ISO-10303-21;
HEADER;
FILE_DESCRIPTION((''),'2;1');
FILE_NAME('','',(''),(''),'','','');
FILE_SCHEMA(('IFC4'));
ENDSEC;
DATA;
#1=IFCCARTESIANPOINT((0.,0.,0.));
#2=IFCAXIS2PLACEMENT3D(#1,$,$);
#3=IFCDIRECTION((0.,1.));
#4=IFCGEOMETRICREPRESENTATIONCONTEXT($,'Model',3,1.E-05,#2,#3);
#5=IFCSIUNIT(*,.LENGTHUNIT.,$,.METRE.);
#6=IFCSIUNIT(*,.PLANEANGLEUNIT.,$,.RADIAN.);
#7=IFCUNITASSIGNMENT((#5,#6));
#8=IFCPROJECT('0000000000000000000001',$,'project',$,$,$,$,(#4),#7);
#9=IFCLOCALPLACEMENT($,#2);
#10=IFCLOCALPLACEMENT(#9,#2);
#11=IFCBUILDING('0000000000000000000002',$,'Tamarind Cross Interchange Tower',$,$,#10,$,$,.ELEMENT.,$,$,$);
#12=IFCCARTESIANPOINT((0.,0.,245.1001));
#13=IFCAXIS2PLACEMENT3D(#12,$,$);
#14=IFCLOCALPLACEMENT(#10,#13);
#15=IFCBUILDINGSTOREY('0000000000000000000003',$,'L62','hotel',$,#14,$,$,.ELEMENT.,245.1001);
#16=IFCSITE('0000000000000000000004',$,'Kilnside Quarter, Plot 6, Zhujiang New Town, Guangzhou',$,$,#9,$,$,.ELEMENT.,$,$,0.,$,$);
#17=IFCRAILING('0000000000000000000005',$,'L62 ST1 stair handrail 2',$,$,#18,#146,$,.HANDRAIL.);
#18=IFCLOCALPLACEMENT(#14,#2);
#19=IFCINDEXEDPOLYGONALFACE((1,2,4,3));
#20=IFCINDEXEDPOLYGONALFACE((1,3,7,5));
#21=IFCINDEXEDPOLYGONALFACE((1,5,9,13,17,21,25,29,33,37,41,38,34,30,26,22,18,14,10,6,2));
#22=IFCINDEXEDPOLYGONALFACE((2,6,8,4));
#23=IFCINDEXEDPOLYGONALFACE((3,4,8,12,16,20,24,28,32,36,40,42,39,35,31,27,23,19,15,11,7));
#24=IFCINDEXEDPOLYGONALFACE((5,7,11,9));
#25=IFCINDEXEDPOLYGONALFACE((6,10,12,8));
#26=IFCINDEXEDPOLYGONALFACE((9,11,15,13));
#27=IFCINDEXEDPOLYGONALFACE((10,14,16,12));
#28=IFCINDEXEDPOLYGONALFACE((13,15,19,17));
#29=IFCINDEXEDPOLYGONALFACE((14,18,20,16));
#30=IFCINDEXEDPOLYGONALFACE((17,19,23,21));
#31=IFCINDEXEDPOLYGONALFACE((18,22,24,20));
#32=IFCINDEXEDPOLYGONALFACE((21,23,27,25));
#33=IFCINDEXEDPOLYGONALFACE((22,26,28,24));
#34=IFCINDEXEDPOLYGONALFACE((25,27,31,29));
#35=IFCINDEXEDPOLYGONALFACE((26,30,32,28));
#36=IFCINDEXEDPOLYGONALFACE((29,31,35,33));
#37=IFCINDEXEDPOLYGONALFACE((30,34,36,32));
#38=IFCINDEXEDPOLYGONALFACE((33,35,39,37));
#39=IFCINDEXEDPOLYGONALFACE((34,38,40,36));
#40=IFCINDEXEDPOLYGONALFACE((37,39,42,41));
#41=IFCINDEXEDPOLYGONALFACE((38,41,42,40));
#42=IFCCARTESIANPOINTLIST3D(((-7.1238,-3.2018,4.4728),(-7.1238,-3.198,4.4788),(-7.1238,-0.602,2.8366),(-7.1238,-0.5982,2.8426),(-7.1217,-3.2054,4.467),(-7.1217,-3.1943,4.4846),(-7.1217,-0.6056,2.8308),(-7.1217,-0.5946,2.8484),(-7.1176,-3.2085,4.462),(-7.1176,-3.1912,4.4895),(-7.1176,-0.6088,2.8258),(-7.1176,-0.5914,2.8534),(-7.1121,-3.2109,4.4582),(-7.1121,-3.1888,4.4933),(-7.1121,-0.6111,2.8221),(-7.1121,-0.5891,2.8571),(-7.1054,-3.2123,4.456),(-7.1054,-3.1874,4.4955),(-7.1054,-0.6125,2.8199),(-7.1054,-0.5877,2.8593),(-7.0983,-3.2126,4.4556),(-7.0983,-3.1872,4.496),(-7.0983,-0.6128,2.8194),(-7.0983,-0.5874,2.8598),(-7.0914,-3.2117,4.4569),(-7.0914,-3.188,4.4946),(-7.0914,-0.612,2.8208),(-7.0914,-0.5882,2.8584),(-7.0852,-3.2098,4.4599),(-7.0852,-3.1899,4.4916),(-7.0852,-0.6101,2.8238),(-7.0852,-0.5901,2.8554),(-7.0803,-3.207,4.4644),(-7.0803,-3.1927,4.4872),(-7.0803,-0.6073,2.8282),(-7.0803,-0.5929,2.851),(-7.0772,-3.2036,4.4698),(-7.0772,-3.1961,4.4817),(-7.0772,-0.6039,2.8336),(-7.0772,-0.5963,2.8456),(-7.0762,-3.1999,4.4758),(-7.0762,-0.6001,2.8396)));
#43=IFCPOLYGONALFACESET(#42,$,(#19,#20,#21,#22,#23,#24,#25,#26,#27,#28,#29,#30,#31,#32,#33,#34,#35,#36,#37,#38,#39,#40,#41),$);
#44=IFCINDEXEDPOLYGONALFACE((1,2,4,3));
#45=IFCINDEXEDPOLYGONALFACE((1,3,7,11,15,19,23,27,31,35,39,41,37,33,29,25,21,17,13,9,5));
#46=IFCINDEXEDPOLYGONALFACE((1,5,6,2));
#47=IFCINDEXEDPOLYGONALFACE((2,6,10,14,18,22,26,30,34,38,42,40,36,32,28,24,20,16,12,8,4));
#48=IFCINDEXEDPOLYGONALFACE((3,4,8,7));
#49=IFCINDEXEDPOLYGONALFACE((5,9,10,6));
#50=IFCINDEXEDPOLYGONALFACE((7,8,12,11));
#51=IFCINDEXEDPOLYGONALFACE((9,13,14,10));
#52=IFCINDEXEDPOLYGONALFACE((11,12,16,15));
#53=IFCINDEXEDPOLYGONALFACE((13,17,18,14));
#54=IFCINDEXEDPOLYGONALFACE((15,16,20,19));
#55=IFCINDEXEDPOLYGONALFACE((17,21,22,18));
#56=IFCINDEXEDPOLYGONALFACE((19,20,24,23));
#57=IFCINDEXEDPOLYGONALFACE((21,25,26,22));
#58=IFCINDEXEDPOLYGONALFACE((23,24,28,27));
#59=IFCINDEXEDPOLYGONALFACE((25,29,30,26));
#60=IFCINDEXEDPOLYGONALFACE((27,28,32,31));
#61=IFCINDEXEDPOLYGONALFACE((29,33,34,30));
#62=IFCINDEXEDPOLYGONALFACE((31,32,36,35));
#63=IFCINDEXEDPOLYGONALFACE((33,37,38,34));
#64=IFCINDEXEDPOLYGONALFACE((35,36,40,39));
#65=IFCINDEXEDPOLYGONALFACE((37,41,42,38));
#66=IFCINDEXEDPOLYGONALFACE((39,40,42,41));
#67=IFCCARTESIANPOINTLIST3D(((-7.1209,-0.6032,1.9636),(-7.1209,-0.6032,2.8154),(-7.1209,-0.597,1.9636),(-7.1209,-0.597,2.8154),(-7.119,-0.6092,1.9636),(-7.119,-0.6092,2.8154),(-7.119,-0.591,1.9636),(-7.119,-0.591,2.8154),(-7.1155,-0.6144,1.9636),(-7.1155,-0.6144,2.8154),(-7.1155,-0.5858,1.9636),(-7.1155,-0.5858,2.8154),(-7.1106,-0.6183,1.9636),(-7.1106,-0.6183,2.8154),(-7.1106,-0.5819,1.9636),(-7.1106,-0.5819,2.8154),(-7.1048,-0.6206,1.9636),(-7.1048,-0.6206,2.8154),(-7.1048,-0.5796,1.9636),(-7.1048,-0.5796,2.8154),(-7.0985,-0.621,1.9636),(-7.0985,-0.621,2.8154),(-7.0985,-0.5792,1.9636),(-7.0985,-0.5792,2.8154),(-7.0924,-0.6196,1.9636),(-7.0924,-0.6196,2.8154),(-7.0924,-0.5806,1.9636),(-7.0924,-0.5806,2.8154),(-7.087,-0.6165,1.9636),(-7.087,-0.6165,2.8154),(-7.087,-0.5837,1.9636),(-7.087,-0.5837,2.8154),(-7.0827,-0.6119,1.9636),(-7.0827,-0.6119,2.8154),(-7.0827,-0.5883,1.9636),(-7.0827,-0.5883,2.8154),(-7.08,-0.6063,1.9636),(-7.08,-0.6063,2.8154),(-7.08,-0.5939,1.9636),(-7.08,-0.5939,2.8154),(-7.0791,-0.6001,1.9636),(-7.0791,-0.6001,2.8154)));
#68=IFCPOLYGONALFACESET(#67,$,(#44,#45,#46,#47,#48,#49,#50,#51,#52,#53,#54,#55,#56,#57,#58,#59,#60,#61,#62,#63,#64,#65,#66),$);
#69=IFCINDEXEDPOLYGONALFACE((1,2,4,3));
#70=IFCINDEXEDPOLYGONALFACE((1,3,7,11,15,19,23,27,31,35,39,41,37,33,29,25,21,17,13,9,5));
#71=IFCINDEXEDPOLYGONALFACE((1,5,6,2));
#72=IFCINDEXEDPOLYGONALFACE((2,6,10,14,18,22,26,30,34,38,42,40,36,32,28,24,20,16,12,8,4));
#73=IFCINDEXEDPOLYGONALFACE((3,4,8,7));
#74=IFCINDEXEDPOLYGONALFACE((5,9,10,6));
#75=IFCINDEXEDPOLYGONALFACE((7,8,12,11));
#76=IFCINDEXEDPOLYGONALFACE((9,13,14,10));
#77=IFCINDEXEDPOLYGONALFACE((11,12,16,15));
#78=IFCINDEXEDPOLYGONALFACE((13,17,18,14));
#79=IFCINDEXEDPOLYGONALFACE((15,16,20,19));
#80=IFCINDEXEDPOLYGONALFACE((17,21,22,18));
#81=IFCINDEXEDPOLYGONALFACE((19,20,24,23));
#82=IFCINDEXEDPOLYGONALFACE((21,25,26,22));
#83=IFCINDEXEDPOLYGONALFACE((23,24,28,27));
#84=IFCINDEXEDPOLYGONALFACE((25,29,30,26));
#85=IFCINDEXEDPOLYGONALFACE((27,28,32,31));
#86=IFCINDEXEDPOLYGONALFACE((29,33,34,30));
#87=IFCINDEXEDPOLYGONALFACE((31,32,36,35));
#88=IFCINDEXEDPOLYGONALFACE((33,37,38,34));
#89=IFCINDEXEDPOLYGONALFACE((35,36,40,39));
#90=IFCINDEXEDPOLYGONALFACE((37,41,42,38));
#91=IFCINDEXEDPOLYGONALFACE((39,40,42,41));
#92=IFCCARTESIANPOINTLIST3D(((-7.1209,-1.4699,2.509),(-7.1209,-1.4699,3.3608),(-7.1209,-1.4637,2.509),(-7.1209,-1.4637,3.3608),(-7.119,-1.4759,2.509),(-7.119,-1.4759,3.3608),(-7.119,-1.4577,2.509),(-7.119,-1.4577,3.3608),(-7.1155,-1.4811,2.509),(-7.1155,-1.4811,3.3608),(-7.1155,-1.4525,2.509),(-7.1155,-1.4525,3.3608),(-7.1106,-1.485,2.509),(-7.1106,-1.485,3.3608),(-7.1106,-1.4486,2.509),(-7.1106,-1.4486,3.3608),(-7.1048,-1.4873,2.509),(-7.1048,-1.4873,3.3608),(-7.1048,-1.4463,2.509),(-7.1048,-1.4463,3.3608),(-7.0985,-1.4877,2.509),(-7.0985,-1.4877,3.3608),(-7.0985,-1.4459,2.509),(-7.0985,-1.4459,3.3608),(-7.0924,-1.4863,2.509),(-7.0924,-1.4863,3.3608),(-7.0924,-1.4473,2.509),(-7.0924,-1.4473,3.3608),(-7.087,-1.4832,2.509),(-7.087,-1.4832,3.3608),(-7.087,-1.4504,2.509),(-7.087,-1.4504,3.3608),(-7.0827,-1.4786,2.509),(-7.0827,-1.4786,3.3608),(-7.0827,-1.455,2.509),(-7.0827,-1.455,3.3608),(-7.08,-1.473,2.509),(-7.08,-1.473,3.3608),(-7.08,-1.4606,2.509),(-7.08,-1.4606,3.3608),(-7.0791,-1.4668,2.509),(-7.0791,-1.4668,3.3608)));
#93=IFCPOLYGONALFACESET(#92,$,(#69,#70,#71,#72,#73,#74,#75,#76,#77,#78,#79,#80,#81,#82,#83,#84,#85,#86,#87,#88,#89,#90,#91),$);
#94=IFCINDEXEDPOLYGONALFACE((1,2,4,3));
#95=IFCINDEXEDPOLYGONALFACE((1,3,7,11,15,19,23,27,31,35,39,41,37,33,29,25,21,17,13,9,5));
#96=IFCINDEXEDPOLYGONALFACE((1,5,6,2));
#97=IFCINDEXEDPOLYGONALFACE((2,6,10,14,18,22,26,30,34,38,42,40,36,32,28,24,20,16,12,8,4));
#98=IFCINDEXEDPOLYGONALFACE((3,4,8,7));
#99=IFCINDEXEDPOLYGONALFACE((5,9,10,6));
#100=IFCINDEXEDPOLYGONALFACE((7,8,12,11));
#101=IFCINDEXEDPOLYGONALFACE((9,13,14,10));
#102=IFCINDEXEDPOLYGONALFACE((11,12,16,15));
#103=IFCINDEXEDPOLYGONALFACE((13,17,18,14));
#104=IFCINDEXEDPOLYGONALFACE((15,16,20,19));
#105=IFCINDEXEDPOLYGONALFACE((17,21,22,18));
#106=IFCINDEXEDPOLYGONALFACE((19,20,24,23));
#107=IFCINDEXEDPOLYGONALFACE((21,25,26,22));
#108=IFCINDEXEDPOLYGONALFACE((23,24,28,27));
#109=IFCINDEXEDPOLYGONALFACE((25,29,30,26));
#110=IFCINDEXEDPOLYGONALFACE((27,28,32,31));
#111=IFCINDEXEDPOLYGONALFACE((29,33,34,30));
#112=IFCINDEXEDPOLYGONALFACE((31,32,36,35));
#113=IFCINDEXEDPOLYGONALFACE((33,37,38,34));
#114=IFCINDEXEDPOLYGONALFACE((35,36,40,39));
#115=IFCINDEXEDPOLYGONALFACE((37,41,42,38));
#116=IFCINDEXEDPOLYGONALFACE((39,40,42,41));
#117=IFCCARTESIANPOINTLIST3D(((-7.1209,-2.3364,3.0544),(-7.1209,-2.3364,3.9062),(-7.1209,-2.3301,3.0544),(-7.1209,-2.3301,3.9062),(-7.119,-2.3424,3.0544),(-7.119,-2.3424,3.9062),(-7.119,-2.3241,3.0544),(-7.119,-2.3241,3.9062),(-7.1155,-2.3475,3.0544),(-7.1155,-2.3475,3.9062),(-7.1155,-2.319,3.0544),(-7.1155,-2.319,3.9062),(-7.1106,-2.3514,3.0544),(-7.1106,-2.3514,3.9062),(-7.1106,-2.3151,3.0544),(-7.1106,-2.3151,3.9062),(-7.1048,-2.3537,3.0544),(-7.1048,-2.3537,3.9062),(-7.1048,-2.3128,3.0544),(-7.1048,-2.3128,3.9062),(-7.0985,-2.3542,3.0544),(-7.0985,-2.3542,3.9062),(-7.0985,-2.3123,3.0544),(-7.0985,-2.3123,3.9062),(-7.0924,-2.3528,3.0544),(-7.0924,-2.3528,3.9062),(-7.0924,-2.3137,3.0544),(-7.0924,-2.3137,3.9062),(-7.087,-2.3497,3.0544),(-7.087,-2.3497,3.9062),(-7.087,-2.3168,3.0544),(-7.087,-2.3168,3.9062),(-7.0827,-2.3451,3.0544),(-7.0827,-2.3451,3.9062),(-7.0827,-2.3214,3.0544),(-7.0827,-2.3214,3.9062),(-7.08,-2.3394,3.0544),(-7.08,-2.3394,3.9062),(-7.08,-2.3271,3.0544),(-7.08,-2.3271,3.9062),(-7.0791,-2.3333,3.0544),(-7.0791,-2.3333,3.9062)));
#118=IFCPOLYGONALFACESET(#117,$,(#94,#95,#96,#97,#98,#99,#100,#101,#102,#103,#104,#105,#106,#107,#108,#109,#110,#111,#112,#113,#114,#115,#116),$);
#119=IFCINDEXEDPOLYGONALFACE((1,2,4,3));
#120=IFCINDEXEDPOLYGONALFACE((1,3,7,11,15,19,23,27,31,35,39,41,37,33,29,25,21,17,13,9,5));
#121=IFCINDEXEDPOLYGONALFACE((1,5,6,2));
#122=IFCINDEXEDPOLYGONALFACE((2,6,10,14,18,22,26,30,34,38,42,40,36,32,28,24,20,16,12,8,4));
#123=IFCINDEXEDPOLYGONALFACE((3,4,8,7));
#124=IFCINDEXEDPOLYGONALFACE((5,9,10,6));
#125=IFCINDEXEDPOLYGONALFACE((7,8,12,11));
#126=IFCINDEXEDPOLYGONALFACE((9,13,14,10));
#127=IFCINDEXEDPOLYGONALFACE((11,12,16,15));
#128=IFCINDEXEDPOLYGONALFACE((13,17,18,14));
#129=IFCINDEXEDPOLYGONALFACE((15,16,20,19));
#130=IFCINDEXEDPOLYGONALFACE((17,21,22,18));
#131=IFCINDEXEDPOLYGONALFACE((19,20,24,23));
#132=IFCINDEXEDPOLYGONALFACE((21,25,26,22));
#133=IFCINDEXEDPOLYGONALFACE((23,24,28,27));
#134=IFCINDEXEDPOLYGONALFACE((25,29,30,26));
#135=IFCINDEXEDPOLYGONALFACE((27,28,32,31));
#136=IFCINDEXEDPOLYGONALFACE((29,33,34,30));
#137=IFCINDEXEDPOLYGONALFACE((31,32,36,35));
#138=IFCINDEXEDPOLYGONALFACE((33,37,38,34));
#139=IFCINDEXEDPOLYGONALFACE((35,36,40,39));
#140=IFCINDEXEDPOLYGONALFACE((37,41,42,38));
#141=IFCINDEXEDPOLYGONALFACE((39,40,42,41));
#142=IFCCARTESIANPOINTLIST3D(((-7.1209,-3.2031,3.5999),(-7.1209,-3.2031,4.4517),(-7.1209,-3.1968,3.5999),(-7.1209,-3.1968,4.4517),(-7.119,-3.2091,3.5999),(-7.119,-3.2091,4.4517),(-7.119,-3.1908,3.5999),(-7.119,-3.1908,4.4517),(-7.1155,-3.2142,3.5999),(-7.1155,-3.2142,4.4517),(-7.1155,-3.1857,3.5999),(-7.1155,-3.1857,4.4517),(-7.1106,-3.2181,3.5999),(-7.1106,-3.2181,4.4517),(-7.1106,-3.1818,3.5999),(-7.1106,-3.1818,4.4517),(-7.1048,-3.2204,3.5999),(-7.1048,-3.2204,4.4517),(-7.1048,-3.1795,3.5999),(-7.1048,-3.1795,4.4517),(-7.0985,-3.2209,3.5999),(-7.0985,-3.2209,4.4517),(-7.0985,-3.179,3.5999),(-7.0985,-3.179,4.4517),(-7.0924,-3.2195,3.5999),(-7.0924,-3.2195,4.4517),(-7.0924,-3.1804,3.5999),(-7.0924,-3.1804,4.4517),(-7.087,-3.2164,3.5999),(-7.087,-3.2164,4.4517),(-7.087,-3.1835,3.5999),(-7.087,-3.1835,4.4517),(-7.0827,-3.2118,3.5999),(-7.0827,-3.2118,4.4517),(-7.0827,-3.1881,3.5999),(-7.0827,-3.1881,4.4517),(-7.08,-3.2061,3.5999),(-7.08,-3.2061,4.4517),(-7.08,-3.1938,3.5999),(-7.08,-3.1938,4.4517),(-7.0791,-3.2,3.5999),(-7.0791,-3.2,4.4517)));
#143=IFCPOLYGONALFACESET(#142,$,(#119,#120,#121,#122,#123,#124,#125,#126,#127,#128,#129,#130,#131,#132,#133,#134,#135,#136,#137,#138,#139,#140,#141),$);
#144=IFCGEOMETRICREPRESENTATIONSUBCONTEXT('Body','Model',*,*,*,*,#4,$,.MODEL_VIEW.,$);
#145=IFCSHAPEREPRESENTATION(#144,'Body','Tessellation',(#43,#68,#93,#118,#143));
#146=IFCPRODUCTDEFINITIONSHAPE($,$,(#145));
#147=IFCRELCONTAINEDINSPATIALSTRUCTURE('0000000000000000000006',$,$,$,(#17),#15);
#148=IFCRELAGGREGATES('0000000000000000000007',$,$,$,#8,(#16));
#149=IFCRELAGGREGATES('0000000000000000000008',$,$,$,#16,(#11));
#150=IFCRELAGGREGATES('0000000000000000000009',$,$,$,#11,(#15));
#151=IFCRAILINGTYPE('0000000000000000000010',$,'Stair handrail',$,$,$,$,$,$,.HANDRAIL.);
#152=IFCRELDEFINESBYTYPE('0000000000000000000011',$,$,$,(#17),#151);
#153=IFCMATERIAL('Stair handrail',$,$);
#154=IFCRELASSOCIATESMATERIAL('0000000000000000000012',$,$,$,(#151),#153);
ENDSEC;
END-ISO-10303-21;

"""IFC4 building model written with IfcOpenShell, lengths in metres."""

from ifc_helpers import new_model, si_unit, direction, frame, origin, origin_2d, place, context, subcontext, project, spatial, circle, extrude, material, type_object, element, save


model = new_model("IFC4")

# Units and contexts
model_context = context("Model", 3, precision=1e-05, world=origin(), true_north=direction((0.0, 1.0)))
body_context = subcontext(model_context, "Body", "Model", "MODEL_VIEW")
ifc_project = project(units=[si_unit("LENGTHUNIT", "METRE"), si_unit("PLANEANGLEUNIT", "RADIAN")], contexts=[model_context])

# Site, building, storey
site_placement = place(None, origin())
site = spatial("IfcSite", under=ifc_project, at=site_placement, Name="Kilnside Quarter, Plot 6, Zhujiang New Town, Guangzhou", CompositionType="ELEMENT", RefElevation=0.0)
building_placement = place(site_placement, origin())
building = spatial("IfcBuilding", under=site, at=building_placement, Name="Tamarind Cross Interchange Tower", CompositionType="ELEMENT")
storey_placement = place(building_placement, frame((0.0, 0.0, 245.1001)))
storey = spatial("IfcBuildingStorey", under=building, at=storey_placement, Name="L62", Description="hotel", CompositionType="ELEMENT", Elevation=245.1001)

# Railing
ifc_material_1 = material(Name="Stair handrail")
railing_type = type_object("IfcRailingType", Name="Stair handrail", PredefinedType="HANDRAIL", material=ifc_material_1)
railing_placement = place(storey_placement, frame((-7.1001, -0.6001, 1.9636)))
element("IfcRailing", 1, at=railing_placement, inside=storey, type_object=railing_type, Name="L62 ST1 stair handrail 2", PredefinedType="HANDRAIL", context=body_context, shape_type="SweptSolid", body=[
    extrude(circle(Radius=0.0239, at=origin_2d()), frame((0.0, 0.0, 0.876), z_axis=(0.0, -0.846338, 0.532647), x_axis=(1.0, 0.0, 0.0)), (0.0, 0.0, 1.0), 3.0718),
    extrude(circle(Radius=0.021, at=origin_2d()), origin(), (0.0, 0.0, 1.0), 0.8518),
    extrude(circle(Radius=0.021, at=origin_2d()), frame((0.0, -0.8667, 0.5454)), (0.0, 0.0, 1.0), 0.8518),
    extrude(circle(Radius=0.021, at=origin_2d()), frame((0.0, -1.7332, 1.0908)), (0.0, 0.0, 1.0), 0.8518),
    extrude(circle(Radius=0.021, at=origin_2d()), frame((0.0, -2.5999, 1.6362)), (0.0, 0.0, 1.0), 0.8518),
])

save(model, "model.ifc")
